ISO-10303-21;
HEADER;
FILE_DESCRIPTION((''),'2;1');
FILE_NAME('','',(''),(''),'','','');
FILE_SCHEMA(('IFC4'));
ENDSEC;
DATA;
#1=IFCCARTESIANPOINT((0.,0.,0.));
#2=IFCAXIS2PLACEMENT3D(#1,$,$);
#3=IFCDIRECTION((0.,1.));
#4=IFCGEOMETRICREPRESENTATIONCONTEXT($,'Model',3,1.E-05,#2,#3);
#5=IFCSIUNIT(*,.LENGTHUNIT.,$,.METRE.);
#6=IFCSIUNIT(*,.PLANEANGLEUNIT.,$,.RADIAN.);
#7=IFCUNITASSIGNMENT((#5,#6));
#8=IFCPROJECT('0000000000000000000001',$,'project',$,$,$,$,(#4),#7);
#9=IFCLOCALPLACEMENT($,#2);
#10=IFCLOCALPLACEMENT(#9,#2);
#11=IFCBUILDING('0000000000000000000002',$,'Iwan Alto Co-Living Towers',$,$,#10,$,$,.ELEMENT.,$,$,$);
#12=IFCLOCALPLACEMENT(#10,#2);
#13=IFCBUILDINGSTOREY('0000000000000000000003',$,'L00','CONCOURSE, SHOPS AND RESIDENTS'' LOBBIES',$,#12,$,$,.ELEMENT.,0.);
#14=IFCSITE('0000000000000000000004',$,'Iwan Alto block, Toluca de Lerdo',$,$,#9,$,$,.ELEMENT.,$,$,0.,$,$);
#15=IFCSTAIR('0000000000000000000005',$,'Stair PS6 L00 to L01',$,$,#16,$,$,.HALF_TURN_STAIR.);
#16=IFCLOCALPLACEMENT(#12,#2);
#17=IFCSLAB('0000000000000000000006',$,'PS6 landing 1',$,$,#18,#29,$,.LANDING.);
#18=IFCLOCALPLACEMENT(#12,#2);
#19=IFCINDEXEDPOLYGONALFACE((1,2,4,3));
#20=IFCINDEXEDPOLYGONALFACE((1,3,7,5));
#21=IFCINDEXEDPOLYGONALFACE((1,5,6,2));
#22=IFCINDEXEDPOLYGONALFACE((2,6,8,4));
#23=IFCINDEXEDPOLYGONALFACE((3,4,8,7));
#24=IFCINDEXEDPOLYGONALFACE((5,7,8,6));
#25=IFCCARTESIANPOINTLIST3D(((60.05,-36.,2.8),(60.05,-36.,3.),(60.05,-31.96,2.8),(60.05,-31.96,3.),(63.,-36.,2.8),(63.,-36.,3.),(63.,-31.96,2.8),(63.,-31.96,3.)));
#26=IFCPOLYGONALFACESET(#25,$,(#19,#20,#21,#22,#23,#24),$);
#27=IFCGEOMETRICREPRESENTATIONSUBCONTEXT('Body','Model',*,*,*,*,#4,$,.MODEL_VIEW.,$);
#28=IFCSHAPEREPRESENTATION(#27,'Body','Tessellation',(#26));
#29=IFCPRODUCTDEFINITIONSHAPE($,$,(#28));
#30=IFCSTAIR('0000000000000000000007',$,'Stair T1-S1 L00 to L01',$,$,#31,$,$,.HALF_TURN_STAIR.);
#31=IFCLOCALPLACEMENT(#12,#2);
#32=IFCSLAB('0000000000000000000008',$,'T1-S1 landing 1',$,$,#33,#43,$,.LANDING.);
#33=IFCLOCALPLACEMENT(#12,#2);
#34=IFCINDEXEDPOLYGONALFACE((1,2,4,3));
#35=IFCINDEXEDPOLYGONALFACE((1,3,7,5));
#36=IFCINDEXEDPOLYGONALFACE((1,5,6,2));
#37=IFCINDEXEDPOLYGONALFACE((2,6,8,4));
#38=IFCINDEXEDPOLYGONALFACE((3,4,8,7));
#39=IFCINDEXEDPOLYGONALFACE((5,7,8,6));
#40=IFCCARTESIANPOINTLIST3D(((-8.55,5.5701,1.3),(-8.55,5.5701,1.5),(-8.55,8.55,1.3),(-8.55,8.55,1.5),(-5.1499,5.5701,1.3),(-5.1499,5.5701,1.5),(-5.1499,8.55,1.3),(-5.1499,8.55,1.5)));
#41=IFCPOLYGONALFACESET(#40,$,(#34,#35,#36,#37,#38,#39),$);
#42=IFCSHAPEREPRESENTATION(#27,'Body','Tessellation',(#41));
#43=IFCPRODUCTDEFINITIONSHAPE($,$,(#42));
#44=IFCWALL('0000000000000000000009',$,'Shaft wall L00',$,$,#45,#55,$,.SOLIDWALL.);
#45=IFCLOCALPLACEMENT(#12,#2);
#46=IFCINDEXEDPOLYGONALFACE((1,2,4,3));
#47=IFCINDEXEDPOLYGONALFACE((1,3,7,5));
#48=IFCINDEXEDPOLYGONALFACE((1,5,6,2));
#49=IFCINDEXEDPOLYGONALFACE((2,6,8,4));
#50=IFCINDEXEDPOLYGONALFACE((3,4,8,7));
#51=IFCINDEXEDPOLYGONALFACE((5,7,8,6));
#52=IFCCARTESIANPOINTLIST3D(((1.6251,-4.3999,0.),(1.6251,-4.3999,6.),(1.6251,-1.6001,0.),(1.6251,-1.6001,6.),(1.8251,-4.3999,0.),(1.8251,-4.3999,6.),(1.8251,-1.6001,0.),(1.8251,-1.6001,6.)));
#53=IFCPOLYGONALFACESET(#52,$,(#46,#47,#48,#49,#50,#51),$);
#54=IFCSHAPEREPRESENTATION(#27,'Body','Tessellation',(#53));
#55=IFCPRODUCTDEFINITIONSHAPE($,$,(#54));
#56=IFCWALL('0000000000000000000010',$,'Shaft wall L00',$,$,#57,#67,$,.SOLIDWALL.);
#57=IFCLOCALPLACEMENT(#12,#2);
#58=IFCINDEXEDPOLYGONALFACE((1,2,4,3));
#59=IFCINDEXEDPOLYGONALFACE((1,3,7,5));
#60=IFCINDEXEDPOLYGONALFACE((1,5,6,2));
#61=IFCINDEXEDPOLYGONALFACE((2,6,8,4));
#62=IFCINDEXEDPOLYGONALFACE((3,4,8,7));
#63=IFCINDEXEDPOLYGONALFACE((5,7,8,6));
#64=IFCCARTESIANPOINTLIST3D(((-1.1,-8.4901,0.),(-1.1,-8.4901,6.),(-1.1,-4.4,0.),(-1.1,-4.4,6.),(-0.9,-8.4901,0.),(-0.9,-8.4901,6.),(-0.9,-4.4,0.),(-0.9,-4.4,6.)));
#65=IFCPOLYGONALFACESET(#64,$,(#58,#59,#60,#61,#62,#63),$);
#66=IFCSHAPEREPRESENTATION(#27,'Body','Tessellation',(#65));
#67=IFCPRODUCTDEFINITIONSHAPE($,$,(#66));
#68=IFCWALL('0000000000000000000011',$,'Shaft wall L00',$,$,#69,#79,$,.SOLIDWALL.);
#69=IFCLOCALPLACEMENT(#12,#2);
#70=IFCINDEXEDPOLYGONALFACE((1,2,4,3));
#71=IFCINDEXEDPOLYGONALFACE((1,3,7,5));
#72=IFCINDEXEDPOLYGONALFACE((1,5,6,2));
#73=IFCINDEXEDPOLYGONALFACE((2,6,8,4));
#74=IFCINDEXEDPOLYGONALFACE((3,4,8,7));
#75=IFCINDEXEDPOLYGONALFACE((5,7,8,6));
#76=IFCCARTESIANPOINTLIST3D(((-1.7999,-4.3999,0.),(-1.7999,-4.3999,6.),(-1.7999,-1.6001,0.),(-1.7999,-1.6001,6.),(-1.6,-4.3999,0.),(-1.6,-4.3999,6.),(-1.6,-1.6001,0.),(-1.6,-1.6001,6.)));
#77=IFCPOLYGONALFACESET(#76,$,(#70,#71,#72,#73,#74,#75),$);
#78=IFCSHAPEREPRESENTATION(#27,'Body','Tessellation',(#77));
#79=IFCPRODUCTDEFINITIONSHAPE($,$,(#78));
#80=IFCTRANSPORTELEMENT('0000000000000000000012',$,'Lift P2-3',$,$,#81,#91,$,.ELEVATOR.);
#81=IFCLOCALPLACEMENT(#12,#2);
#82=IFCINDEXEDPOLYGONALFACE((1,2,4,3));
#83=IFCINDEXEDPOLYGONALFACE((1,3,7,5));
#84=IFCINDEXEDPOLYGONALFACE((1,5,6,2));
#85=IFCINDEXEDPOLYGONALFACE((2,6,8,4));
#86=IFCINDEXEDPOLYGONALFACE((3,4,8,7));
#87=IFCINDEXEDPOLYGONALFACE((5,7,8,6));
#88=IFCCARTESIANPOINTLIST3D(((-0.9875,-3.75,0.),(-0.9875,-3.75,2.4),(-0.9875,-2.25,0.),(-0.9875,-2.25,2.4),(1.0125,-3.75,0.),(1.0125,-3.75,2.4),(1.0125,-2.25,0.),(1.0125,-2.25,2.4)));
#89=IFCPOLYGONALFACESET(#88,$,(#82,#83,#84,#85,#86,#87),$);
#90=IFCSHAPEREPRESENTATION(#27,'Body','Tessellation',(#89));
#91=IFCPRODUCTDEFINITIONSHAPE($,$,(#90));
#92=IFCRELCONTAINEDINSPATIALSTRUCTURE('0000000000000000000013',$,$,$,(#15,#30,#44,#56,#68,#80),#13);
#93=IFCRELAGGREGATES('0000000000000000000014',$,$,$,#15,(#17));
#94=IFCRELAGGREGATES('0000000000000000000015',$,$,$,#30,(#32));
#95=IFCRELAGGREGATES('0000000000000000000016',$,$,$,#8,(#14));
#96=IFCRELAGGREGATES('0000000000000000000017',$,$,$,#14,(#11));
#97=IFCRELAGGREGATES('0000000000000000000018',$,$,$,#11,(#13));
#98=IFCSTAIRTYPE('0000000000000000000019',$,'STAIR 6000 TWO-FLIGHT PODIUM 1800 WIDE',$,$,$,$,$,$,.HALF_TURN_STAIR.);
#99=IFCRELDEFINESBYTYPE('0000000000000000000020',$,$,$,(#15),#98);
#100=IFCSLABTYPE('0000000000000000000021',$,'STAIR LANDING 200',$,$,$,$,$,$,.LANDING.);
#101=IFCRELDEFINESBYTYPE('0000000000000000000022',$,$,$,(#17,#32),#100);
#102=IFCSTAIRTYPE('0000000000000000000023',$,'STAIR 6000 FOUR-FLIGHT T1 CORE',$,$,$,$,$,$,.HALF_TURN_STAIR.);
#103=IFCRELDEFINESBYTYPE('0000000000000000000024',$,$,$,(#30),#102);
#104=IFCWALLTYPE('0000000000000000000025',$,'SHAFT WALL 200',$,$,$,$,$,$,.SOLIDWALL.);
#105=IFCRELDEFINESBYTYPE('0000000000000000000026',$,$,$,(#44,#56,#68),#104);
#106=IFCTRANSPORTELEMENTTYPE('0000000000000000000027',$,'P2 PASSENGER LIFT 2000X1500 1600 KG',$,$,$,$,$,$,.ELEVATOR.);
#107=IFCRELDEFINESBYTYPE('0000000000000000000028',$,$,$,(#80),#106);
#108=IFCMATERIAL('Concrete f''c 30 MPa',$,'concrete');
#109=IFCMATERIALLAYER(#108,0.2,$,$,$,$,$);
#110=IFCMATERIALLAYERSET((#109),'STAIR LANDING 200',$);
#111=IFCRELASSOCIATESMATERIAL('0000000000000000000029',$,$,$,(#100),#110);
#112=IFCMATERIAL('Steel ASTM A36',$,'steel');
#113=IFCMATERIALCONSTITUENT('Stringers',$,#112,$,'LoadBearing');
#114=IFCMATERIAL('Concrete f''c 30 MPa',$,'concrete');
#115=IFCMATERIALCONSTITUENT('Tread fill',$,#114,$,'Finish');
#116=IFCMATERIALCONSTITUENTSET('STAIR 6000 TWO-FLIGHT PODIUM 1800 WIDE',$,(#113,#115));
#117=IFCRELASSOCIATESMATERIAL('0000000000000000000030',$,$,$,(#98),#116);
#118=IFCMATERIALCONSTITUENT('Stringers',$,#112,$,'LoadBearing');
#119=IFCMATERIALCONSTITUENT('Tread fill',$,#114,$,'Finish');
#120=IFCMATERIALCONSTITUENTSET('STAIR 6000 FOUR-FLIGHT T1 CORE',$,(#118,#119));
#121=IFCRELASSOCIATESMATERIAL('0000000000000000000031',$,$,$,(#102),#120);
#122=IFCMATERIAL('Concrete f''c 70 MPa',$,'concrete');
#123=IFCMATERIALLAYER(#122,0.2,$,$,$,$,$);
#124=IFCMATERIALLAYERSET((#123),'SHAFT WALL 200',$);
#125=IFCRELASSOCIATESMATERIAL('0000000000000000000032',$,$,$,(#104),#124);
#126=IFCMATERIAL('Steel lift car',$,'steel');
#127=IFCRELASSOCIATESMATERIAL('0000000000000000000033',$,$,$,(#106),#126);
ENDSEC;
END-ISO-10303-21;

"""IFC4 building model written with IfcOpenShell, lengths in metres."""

from ifc_helpers import new_model, si_unit, direction, frame, frame_2d, origin, origin_2d, place, context, subcontext, project, spatial, polyline, rectangle, outline, extrude, material, layer, layer_set, constituent, constituent_set, type_object, element, aggregate, save


model = new_model("IFC4")

# Units and contexts
model_context = context("Model", 3, precision=1e-05, world=origin(), true_north=direction((0.0, 1.0)))
body_context = subcontext(model_context, "Body", "Model", "MODEL_VIEW")
ifc_project = project(units=[si_unit("LENGTHUNIT", "METRE"), si_unit("PLANEANGLEUNIT", "RADIAN")], contexts=[model_context])

# Site, building, storey
site_placement = place(None, origin())
site = spatial("IfcSite", under=ifc_project, at=site_placement, Name="Iwan Alto block, Toluca de Lerdo", CompositionType="ELEMENT", RefElevation=0.0)
building_placement = place(site_placement, origin())
building = spatial("IfcBuilding", under=site, at=building_placement, Name="Iwan Alto Co-Living Towers", CompositionType="ELEMENT")
storey_placement = place(building_placement, origin())
storey = spatial("IfcBuildingStorey", under=building, at=storey_placement, Name="L00", Description="CONCOURSE, SHOPS AND RESIDENTS' LOBBIES", CompositionType="ELEMENT", Elevation=0.0)

# Shared definitions
ifc_material_1 = material(Name="Steel ASTM A36", Category="steel")
ifc_material_2 = material(Name="Concrete f'c 30 MPa", Category="concrete")
ifc_material_3 = material(Name="Concrete f'c 30 MPa", Category="concrete")
ifc_layer_1 = layer(ifc_material_3, 0.2)
ifc_layer_set_1 = layer_set([ifc_layer_1], Name="STAIR LANDING 200")
slab_type_1 = type_object("IfcSlabType", Name="STAIR LANDING 200", PredefinedType="LANDING", material=ifc_layer_set_1)

# Stairs, slabs
ifc_constituent_1 = constituent(ifc_material_1, Name="Stringers", Category="LoadBearing")
ifc_constituent_2 = constituent(ifc_material_2, Name="Tread fill", Category="Finish")
ifc_constituent_set_1 = constituent_set(constituents=[ifc_constituent_1, ifc_constituent_2], Name="STAIR 6000 TWO-FLIGHT PODIUM 1800 WIDE")
stair_type_1 = type_object("IfcStairType", Name="STAIR 6000 TWO-FLIGHT PODIUM 1800 WIDE", PredefinedType="HALF_TURN_STAIR", material=ifc_constituent_set_1)
stair_1_placement = place(storey_placement, origin())
stair_1 = element("IfcStair", 1, at=stair_1_placement, inside=storey, type_object=stair_type_1, Name="Stair PS6 L00 to L01", PredefinedType="HALF_TURN_STAIR")
slab_1_placement = place(storey_placement, frame((0.0, 0.0, 2.8)))
slab_1 = element("IfcSlab", 2, at=slab_1_placement, type_object=slab_type_1, Name="PS6 landing 1", PredefinedType="LANDING", context=body_context, shape_type="SweptSolid", body=[
    extrude(outline(polyline([(60.05, -36.0), (63.0, -36.0), (63.0, -31.96), (60.05, -31.96), (60.05, -36.0)])), origin(), (0.0, 0.0, 1.0), 0.2),
])
aggregate(stair_1, [slab_1])
ifc_constituent_3 = constituent(ifc_material_1, Name="Stringers", Category="LoadBearing")
ifc_constituent_4 = constituent(ifc_material_2, Name="Tread fill", Category="Finish")
ifc_constituent_set_2 = constituent_set(constituents=[ifc_constituent_3, ifc_constituent_4], Name="STAIR 6000 FOUR-FLIGHT T1 CORE")
stair_type_2 = type_object("IfcStairType", Name="STAIR 6000 FOUR-FLIGHT T1 CORE", PredefinedType="HALF_TURN_STAIR", material=ifc_constituent_set_2)
stair_2_placement = place(storey_placement, origin())
stair_2 = element("IfcStair", 3, at=stair_2_placement, inside=storey, type_object=stair_type_2, Name="Stair T1-S1 L00 to L01", PredefinedType="HALF_TURN_STAIR")
slab_2_placement = place(storey_placement, frame((0.0, 0.0, 1.3)))
slab_2 = element("IfcSlab", 4, at=slab_2_placement, type_object=slab_type_1, Name="T1-S1 landing 1", PredefinedType="LANDING", context=body_context, shape_type="SweptSolid", body=[
    extrude(outline(polyline([(-8.55, 5.5701), (-8.55, 8.55), (-5.1499, 8.55), (-5.1499, 5.5701), (-8.55, 5.5701)])), origin(), (0.0, 0.0, 1.0), 0.2),
])
aggregate(stair_2, [slab_2])

# Walls
ifc_material_4 = material(Name="Concrete f'c 70 MPa", Category="concrete")
ifc_layer_2 = layer(ifc_material_4, 0.2)
ifc_layer_set_2 = layer_set([ifc_layer_2], Name="SHAFT WALL 200")
wall_type = type_object("IfcWallType", Name="SHAFT WALL 200", PredefinedType="SOLIDWALL", material=ifc_layer_set_2)
wall_1_placement = place(storey_placement, frame((1.7251, -4.3999, 0.0), z_axis=(0.0, 0.0, 1.0), x_axis=(0.0, 1.0, 0.0)))
element("IfcWall", 5, at=wall_1_placement, inside=storey, type_object=wall_type, Name="Shaft wall L00", PredefinedType="SOLIDWALL", context=body_context, shape_type="SweptSolid", body=[
    extrude(rectangle(XDim=2.7998, YDim=0.2, at=frame_2d((1.3999, 0.0))), origin(), (0.0, 0.0, 1.0), 6.0),
])
wall_2_placement = place(storey_placement, frame((-1.0, -8.49, 0.0), z_axis=(0.0, 0.0, 1.0), x_axis=(0.0, 1.0, 0.0)))
element("IfcWall", 6, at=wall_2_placement, inside=storey, type_object=wall_type, Name="Shaft wall L00", PredefinedType="SOLIDWALL", context=body_context, shape_type="SweptSolid", body=[
    extrude(rectangle(XDim=4.0901, YDim=0.2, at=frame_2d((2.0449, 0.0))), origin(), (0.0, 0.0, 1.0), 6.0),
])
wall_3_placement = place(storey_placement, frame((-1.7, -4.3999, 0.0), z_axis=(0.0, 0.0, 1.0), x_axis=(0.0, 1.0, 0.0)))
element("IfcWall", 7, at=wall_3_placement, inside=storey, type_object=wall_type, Name="Shaft wall L00", PredefinedType="SOLIDWALL", context=body_context, shape_type="SweptSolid", body=[
    extrude(rectangle(XDim=2.7998, YDim=0.2, at=frame_2d((1.3999, 0.0))), origin(), (0.0, 0.0, 1.0), 6.0),
])

# Transport element
ifc_material_5 = material(Name="Steel lift car", Category="steel")
transport_element_type = type_object("IfcTransportElementType", Name="P2 PASSENGER LIFT 2000X1500 1600 KG", PredefinedType="ELEVATOR", material=ifc_material_5)
transport_element_placement = place(storey_placement, frame((0.0125, -3.0, 0.0), z_axis=(0.0, 0.0, 1.0), x_axis=(1.0, 0.0, 0.0)))
element("IfcTransportElement", 8, at=transport_element_placement, inside=storey, type_object=transport_element_type, Name="Lift P2-3", PredefinedType="ELEVATOR", context=body_context, shape_type="SweptSolid", body=[
    extrude(rectangle(XDim=2.0, YDim=1.5, at=origin_2d()), origin(), (0.0, 0.0, 1.0), 2.4),
])

save(model, "model.ifc")
